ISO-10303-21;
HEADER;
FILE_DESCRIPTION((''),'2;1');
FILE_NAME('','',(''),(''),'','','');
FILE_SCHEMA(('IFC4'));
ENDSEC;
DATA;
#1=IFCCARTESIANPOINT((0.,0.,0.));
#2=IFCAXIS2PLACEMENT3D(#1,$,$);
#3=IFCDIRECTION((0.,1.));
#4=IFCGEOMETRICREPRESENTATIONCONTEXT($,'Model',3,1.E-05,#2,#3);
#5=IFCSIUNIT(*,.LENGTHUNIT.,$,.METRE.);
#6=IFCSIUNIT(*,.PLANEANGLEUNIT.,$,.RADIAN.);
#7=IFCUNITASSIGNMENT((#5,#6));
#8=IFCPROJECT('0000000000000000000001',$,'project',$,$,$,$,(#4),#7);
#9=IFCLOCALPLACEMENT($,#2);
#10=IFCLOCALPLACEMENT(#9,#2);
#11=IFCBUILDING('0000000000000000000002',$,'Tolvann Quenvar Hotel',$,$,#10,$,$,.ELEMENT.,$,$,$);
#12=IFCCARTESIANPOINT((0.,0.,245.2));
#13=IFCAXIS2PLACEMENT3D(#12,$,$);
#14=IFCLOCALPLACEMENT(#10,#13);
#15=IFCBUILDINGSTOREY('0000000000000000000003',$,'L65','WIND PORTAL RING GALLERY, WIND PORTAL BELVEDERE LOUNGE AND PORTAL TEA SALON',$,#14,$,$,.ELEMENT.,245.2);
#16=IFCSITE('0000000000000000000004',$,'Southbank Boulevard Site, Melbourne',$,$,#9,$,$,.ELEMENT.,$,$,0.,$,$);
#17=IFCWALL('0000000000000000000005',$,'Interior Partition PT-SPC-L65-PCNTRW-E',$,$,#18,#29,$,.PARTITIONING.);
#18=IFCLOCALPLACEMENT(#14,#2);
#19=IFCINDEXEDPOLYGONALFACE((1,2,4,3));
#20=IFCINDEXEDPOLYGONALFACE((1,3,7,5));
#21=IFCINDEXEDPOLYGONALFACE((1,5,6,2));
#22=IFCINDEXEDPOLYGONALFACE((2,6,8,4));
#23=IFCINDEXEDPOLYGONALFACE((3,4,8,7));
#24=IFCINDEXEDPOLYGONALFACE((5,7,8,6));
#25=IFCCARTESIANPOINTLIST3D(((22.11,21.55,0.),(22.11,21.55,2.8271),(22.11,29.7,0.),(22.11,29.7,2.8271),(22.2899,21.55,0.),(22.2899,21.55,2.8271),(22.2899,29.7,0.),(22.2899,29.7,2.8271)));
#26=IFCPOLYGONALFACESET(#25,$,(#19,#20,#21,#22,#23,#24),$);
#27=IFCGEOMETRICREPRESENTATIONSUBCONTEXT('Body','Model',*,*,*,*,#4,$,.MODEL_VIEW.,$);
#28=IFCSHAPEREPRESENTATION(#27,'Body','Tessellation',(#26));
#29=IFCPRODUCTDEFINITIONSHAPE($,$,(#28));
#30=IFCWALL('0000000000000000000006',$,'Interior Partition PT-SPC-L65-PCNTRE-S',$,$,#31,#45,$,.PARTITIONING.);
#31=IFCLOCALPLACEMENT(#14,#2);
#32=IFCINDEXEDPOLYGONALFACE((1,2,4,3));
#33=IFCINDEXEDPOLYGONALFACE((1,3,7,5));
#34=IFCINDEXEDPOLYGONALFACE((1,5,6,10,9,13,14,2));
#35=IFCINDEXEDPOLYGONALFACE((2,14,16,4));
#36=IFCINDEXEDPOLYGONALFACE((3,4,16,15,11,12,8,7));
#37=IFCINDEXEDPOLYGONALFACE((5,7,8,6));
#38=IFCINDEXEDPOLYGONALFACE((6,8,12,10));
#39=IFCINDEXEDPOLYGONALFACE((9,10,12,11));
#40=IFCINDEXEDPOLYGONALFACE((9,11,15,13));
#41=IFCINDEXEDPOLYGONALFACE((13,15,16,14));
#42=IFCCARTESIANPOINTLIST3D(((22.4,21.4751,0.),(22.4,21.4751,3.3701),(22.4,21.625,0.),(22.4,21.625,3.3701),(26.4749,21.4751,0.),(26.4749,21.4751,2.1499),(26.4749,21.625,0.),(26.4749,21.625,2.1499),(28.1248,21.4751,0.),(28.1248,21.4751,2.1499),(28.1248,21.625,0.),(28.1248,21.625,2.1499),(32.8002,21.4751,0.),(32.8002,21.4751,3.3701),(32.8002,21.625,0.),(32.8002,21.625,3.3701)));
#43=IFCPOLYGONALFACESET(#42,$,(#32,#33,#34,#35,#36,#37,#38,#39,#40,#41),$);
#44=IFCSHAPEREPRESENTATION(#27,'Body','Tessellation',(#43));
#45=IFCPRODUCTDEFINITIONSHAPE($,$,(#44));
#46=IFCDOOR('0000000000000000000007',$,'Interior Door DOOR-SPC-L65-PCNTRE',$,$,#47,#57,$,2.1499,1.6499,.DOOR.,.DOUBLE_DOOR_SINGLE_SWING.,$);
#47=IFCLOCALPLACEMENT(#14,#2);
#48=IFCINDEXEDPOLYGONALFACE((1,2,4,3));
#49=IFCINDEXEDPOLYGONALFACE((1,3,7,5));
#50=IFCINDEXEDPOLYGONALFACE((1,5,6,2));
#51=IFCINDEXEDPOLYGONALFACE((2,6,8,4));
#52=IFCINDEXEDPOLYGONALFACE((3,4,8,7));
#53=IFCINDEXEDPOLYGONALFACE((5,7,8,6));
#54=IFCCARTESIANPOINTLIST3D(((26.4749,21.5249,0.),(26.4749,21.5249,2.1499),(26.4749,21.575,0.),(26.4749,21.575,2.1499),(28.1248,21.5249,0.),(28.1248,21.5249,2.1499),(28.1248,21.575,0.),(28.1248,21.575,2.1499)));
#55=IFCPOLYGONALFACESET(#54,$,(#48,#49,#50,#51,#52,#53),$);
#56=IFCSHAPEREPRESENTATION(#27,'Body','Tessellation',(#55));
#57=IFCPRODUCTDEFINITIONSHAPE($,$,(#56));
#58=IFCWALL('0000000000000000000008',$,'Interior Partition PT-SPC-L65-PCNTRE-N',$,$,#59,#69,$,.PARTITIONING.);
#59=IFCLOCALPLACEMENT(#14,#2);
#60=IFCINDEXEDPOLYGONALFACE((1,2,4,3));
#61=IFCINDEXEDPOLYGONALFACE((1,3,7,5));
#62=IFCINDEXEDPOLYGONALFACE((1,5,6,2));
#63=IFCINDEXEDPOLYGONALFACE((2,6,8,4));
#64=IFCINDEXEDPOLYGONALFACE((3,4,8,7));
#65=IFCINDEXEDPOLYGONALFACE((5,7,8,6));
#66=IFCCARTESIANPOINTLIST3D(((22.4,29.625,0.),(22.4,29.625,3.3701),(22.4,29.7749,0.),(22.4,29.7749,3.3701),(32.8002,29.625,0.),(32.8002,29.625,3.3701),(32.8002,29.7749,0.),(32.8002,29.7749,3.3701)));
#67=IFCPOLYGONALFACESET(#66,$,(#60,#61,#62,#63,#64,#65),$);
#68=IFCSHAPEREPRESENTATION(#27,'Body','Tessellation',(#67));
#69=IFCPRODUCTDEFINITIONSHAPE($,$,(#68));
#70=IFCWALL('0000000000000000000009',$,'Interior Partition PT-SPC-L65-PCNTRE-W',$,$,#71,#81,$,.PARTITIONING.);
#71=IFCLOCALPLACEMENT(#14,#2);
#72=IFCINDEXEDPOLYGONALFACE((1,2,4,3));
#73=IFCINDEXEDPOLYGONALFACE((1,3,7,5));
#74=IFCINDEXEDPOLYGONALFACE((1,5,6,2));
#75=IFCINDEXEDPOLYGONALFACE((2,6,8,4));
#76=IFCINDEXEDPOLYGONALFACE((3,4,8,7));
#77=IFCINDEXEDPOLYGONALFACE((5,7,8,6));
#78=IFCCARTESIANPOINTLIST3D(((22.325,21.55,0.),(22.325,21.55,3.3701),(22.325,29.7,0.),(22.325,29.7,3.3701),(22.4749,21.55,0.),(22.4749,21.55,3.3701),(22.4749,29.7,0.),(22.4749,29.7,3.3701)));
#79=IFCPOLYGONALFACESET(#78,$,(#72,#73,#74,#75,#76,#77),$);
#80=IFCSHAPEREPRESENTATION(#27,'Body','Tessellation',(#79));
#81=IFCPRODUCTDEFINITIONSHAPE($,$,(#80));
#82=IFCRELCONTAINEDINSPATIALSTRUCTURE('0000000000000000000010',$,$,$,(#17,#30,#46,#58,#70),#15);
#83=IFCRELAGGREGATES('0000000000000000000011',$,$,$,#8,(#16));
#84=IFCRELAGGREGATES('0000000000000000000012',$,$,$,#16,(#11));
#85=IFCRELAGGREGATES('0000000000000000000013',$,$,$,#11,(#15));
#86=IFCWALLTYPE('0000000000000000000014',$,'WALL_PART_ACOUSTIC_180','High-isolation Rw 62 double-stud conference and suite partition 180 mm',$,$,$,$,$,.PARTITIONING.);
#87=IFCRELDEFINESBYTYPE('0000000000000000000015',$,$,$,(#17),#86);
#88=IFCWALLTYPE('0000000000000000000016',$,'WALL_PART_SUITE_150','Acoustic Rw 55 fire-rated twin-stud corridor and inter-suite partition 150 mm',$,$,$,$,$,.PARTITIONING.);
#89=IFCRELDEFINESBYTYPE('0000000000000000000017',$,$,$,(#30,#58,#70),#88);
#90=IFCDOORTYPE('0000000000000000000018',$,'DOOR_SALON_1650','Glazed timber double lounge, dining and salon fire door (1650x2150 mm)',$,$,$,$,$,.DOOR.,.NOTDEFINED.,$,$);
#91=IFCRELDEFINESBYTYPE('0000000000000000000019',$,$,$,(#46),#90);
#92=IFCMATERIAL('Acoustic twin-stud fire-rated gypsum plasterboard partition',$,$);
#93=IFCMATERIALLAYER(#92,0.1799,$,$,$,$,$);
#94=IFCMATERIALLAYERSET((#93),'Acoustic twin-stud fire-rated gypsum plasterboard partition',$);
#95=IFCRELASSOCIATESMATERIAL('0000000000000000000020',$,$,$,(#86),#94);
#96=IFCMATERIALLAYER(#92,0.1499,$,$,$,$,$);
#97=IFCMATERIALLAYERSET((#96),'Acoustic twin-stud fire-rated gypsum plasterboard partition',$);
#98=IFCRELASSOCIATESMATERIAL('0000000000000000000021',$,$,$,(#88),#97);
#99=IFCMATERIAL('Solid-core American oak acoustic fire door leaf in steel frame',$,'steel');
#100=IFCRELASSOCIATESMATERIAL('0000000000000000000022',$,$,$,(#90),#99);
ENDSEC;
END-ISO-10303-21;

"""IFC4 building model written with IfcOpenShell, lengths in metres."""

from ifc_helpers import new_model, si_unit, direction, frame, frame_2d, origin, place, context, subcontext, project, spatial, rectangle, extrude, source, transform, mapped, material, layer, layer_set, type_object, type_shapes, element, fill, save


model = new_model("IFC4")

# Units and contexts
model_context = context("Model", 3, precision=1e-05, world=origin(), true_north=direction((0.0, 1.0)))
body_context = subcontext(model_context, "Body", "Model", "MODEL_VIEW")
ifc_project = project(units=[si_unit("LENGTHUNIT", "METRE"), si_unit("PLANEANGLEUNIT", "RADIAN")], contexts=[model_context])

# Site, building, storey
site_placement = place(None, origin())
site = spatial("IfcSite", under=ifc_project, at=site_placement, Name="Southbank Boulevard Site, Melbourne", CompositionType="ELEMENT", RefElevation=0.0)
building_placement = place(site_placement, origin())
building = spatial("IfcBuilding", under=site, at=building_placement, Name="Tolvann Quenvar Hotel", CompositionType="ELEMENT")
storey_placement = place(building_placement, frame((0.0, 0.0, 245.2)))
storey = spatial("IfcBuildingStorey", under=building, at=storey_placement, Name="L65", Description="WIND PORTAL RING GALLERY, WIND PORTAL BELVEDERE LOUNGE AND PORTAL TEA SALON", CompositionType="ELEMENT", Elevation=245.2)

# Wall
ifc_material_1 = material(Name="Acoustic twin-stud fire-rated gypsum plasterboard partition")
ifc_layer_1 = layer(ifc_material_1, 0.1799)
ifc_layer_set_1 = layer_set([ifc_layer_1], Name="Acoustic twin-stud fire-rated gypsum plasterboard partition")
wall_type_1 = type_object("IfcWallType", Name="WALL_PART_ACOUSTIC_180", Description="High-isolation Rw 62 double-stud conference and suite partition 180 mm", PredefinedType="PARTITIONING", material=ifc_layer_set_1)
wall_1_placement = place(storey_placement, frame((22.2, 21.55, 0.0), z_axis=(0.0, 0.0, 1.0), x_axis=(0.0, 1.0, 0.0)))
element("IfcWall", 1, at=wall_1_placement, inside=storey, type_object=wall_type_1, Name="Interior Partition PT-SPC-L65-PCNTRW-E", PredefinedType="PARTITIONING", context=body_context, shape_type="SweptSolid", body=[
    extrude(rectangle(XDim=8.1499, YDim=0.1799, at=frame_2d((4.075, 0.0))), origin(), (0.0, 0.0, 1.0), 2.8271),
])

# Wall, opening, door
ifc_layer_2 = layer(ifc_material_1, 0.1499)
ifc_layer_set_2 = layer_set([ifc_layer_2], Name="Acoustic twin-stud fire-rated gypsum plasterboard partition")
wall_type_2 = type_object("IfcWallType", Name="WALL_PART_SUITE_150", Description="Acoustic Rw 55 fire-rated twin-stud corridor and inter-suite partition 150 mm", PredefinedType="PARTITIONING", material=ifc_layer_set_2)
wall_2_placement = place(storey_placement, frame((22.3999, 21.55, 0.0), z_axis=(0.0, 0.0, 1.0), x_axis=(1.0, 0.0, 0.0)))
wall_2 = element("IfcWall", 2, at=wall_2_placement, inside=storey, type_object=wall_type_2, Name="Interior Partition PT-SPC-L65-PCNTRE-S", PredefinedType="PARTITIONING", context=body_context, shape_type="SweptSolid", body=[
    extrude(rectangle(XDim=10.4001, YDim=0.1499, at=frame_2d((5.2002, 0.0))), origin(), (0.0, 0.0, 1.0), 3.3701),
])
opening_1_placement = place(wall_2_placement, frame((4.075, 0.0, 0.0)))
opening_1 = element("IfcOpeningElement", 3, at=opening_1_placement, cuts=wall_2, PredefinedType="OPENING", context=body_context, shape_type="SweptSolid", body=[
    extrude(rectangle(XDim=1.6499, YDim=2.1499, at=frame_2d((0.825, 1.075))), frame((0.0, 0.085, 0.0), z_axis=(0.0, -1.0, 0.0), x_axis=(1.0, 0.0, 0.0)), (0.0, 0.0, 1.0), 0.1699),
])
ifc_material_2 = material(Name="Solid-core American oak acoustic fire door leaf in steel frame", Category="steel")
door_type_1 = type_object("IfcDoorType", Name="DOOR_SALON_1650", Description="Glazed timber double lounge, dining and salon fire door (1650x2150 mm)", OperationType="NOTDEFINED", PredefinedType="DOOR", material=ifc_material_2)
shared_shape_1 = source(origin(), body_context, "Body", "SweptSolid", [
    extrude(rectangle(XDim=1.6499, YDim=2.1499, at=frame_2d((0.825, 1.075))), frame((0.0, 0.0249, 0.0), z_axis=(0.0, -1.0, 0.0), x_axis=(1.0, 0.0, 0.0)), (0.0, 0.0, 1.0), 0.05),
])
type_shapes(door_type_1, [shared_shape_1])
door_1_placement = place(opening_1_placement, origin())
door_1 = element("IfcDoor", 4, at=door_1_placement, inside=storey, type_object=door_type_1, Name="Interior Door DOOR-SPC-L65-PCNTRE", OperationType="DOUBLE_DOOR_SINGLE_SWING", OverallHeight=2.1499, OverallWidth=1.6499, PredefinedType="DOOR", context=body_context, shape_type="MappedRepresentation", body=[
    mapped(shared_shape_1, transform((0.0, 0.0, 0.0), x_axis=(1.0, 0.0, 0.0), y_axis=(0.0, 1.0, 0.0), z_axis=(0.0, 0.0, 1.0), scale=1.0)),
])
fill(opening_1, door_1)

# Walls
wall_3_placement = place(storey_placement, frame((22.3999, 29.7, 0.0), z_axis=(0.0, 0.0, 1.0), x_axis=(1.0, 0.0, 0.0)))
element("IfcWall", 5, at=wall_3_placement, inside=storey, type_object=wall_type_2, Name="Interior Partition PT-SPC-L65-PCNTRE-N", PredefinedType="PARTITIONING", context=body_context, shape_type="SweptSolid", body=[
    extrude(rectangle(XDim=10.4001, YDim=0.1499, at=frame_2d((5.2002, 0.0))), origin(), (0.0, 0.0, 1.0), 3.3701),
])
wall_4_placement = place(storey_placement, frame((22.3999, 21.55, 0.0), z_axis=(0.0, 0.0, 1.0), x_axis=(0.0, 1.0, 0.0)))
element("IfcWall", 6, at=wall_4_placement, inside=storey, type_object=wall_type_2, Name="Interior Partition PT-SPC-L65-PCNTRE-W", PredefinedType="PARTITIONING", context=body_context, shape_type="SweptSolid", body=[
    extrude(rectangle(XDim=8.1499, YDim=0.1499, at=frame_2d((4.075, 0.0))), origin(), (0.0, 0.0, 1.0), 3.3701),
])

save(model, "model.ifc")
